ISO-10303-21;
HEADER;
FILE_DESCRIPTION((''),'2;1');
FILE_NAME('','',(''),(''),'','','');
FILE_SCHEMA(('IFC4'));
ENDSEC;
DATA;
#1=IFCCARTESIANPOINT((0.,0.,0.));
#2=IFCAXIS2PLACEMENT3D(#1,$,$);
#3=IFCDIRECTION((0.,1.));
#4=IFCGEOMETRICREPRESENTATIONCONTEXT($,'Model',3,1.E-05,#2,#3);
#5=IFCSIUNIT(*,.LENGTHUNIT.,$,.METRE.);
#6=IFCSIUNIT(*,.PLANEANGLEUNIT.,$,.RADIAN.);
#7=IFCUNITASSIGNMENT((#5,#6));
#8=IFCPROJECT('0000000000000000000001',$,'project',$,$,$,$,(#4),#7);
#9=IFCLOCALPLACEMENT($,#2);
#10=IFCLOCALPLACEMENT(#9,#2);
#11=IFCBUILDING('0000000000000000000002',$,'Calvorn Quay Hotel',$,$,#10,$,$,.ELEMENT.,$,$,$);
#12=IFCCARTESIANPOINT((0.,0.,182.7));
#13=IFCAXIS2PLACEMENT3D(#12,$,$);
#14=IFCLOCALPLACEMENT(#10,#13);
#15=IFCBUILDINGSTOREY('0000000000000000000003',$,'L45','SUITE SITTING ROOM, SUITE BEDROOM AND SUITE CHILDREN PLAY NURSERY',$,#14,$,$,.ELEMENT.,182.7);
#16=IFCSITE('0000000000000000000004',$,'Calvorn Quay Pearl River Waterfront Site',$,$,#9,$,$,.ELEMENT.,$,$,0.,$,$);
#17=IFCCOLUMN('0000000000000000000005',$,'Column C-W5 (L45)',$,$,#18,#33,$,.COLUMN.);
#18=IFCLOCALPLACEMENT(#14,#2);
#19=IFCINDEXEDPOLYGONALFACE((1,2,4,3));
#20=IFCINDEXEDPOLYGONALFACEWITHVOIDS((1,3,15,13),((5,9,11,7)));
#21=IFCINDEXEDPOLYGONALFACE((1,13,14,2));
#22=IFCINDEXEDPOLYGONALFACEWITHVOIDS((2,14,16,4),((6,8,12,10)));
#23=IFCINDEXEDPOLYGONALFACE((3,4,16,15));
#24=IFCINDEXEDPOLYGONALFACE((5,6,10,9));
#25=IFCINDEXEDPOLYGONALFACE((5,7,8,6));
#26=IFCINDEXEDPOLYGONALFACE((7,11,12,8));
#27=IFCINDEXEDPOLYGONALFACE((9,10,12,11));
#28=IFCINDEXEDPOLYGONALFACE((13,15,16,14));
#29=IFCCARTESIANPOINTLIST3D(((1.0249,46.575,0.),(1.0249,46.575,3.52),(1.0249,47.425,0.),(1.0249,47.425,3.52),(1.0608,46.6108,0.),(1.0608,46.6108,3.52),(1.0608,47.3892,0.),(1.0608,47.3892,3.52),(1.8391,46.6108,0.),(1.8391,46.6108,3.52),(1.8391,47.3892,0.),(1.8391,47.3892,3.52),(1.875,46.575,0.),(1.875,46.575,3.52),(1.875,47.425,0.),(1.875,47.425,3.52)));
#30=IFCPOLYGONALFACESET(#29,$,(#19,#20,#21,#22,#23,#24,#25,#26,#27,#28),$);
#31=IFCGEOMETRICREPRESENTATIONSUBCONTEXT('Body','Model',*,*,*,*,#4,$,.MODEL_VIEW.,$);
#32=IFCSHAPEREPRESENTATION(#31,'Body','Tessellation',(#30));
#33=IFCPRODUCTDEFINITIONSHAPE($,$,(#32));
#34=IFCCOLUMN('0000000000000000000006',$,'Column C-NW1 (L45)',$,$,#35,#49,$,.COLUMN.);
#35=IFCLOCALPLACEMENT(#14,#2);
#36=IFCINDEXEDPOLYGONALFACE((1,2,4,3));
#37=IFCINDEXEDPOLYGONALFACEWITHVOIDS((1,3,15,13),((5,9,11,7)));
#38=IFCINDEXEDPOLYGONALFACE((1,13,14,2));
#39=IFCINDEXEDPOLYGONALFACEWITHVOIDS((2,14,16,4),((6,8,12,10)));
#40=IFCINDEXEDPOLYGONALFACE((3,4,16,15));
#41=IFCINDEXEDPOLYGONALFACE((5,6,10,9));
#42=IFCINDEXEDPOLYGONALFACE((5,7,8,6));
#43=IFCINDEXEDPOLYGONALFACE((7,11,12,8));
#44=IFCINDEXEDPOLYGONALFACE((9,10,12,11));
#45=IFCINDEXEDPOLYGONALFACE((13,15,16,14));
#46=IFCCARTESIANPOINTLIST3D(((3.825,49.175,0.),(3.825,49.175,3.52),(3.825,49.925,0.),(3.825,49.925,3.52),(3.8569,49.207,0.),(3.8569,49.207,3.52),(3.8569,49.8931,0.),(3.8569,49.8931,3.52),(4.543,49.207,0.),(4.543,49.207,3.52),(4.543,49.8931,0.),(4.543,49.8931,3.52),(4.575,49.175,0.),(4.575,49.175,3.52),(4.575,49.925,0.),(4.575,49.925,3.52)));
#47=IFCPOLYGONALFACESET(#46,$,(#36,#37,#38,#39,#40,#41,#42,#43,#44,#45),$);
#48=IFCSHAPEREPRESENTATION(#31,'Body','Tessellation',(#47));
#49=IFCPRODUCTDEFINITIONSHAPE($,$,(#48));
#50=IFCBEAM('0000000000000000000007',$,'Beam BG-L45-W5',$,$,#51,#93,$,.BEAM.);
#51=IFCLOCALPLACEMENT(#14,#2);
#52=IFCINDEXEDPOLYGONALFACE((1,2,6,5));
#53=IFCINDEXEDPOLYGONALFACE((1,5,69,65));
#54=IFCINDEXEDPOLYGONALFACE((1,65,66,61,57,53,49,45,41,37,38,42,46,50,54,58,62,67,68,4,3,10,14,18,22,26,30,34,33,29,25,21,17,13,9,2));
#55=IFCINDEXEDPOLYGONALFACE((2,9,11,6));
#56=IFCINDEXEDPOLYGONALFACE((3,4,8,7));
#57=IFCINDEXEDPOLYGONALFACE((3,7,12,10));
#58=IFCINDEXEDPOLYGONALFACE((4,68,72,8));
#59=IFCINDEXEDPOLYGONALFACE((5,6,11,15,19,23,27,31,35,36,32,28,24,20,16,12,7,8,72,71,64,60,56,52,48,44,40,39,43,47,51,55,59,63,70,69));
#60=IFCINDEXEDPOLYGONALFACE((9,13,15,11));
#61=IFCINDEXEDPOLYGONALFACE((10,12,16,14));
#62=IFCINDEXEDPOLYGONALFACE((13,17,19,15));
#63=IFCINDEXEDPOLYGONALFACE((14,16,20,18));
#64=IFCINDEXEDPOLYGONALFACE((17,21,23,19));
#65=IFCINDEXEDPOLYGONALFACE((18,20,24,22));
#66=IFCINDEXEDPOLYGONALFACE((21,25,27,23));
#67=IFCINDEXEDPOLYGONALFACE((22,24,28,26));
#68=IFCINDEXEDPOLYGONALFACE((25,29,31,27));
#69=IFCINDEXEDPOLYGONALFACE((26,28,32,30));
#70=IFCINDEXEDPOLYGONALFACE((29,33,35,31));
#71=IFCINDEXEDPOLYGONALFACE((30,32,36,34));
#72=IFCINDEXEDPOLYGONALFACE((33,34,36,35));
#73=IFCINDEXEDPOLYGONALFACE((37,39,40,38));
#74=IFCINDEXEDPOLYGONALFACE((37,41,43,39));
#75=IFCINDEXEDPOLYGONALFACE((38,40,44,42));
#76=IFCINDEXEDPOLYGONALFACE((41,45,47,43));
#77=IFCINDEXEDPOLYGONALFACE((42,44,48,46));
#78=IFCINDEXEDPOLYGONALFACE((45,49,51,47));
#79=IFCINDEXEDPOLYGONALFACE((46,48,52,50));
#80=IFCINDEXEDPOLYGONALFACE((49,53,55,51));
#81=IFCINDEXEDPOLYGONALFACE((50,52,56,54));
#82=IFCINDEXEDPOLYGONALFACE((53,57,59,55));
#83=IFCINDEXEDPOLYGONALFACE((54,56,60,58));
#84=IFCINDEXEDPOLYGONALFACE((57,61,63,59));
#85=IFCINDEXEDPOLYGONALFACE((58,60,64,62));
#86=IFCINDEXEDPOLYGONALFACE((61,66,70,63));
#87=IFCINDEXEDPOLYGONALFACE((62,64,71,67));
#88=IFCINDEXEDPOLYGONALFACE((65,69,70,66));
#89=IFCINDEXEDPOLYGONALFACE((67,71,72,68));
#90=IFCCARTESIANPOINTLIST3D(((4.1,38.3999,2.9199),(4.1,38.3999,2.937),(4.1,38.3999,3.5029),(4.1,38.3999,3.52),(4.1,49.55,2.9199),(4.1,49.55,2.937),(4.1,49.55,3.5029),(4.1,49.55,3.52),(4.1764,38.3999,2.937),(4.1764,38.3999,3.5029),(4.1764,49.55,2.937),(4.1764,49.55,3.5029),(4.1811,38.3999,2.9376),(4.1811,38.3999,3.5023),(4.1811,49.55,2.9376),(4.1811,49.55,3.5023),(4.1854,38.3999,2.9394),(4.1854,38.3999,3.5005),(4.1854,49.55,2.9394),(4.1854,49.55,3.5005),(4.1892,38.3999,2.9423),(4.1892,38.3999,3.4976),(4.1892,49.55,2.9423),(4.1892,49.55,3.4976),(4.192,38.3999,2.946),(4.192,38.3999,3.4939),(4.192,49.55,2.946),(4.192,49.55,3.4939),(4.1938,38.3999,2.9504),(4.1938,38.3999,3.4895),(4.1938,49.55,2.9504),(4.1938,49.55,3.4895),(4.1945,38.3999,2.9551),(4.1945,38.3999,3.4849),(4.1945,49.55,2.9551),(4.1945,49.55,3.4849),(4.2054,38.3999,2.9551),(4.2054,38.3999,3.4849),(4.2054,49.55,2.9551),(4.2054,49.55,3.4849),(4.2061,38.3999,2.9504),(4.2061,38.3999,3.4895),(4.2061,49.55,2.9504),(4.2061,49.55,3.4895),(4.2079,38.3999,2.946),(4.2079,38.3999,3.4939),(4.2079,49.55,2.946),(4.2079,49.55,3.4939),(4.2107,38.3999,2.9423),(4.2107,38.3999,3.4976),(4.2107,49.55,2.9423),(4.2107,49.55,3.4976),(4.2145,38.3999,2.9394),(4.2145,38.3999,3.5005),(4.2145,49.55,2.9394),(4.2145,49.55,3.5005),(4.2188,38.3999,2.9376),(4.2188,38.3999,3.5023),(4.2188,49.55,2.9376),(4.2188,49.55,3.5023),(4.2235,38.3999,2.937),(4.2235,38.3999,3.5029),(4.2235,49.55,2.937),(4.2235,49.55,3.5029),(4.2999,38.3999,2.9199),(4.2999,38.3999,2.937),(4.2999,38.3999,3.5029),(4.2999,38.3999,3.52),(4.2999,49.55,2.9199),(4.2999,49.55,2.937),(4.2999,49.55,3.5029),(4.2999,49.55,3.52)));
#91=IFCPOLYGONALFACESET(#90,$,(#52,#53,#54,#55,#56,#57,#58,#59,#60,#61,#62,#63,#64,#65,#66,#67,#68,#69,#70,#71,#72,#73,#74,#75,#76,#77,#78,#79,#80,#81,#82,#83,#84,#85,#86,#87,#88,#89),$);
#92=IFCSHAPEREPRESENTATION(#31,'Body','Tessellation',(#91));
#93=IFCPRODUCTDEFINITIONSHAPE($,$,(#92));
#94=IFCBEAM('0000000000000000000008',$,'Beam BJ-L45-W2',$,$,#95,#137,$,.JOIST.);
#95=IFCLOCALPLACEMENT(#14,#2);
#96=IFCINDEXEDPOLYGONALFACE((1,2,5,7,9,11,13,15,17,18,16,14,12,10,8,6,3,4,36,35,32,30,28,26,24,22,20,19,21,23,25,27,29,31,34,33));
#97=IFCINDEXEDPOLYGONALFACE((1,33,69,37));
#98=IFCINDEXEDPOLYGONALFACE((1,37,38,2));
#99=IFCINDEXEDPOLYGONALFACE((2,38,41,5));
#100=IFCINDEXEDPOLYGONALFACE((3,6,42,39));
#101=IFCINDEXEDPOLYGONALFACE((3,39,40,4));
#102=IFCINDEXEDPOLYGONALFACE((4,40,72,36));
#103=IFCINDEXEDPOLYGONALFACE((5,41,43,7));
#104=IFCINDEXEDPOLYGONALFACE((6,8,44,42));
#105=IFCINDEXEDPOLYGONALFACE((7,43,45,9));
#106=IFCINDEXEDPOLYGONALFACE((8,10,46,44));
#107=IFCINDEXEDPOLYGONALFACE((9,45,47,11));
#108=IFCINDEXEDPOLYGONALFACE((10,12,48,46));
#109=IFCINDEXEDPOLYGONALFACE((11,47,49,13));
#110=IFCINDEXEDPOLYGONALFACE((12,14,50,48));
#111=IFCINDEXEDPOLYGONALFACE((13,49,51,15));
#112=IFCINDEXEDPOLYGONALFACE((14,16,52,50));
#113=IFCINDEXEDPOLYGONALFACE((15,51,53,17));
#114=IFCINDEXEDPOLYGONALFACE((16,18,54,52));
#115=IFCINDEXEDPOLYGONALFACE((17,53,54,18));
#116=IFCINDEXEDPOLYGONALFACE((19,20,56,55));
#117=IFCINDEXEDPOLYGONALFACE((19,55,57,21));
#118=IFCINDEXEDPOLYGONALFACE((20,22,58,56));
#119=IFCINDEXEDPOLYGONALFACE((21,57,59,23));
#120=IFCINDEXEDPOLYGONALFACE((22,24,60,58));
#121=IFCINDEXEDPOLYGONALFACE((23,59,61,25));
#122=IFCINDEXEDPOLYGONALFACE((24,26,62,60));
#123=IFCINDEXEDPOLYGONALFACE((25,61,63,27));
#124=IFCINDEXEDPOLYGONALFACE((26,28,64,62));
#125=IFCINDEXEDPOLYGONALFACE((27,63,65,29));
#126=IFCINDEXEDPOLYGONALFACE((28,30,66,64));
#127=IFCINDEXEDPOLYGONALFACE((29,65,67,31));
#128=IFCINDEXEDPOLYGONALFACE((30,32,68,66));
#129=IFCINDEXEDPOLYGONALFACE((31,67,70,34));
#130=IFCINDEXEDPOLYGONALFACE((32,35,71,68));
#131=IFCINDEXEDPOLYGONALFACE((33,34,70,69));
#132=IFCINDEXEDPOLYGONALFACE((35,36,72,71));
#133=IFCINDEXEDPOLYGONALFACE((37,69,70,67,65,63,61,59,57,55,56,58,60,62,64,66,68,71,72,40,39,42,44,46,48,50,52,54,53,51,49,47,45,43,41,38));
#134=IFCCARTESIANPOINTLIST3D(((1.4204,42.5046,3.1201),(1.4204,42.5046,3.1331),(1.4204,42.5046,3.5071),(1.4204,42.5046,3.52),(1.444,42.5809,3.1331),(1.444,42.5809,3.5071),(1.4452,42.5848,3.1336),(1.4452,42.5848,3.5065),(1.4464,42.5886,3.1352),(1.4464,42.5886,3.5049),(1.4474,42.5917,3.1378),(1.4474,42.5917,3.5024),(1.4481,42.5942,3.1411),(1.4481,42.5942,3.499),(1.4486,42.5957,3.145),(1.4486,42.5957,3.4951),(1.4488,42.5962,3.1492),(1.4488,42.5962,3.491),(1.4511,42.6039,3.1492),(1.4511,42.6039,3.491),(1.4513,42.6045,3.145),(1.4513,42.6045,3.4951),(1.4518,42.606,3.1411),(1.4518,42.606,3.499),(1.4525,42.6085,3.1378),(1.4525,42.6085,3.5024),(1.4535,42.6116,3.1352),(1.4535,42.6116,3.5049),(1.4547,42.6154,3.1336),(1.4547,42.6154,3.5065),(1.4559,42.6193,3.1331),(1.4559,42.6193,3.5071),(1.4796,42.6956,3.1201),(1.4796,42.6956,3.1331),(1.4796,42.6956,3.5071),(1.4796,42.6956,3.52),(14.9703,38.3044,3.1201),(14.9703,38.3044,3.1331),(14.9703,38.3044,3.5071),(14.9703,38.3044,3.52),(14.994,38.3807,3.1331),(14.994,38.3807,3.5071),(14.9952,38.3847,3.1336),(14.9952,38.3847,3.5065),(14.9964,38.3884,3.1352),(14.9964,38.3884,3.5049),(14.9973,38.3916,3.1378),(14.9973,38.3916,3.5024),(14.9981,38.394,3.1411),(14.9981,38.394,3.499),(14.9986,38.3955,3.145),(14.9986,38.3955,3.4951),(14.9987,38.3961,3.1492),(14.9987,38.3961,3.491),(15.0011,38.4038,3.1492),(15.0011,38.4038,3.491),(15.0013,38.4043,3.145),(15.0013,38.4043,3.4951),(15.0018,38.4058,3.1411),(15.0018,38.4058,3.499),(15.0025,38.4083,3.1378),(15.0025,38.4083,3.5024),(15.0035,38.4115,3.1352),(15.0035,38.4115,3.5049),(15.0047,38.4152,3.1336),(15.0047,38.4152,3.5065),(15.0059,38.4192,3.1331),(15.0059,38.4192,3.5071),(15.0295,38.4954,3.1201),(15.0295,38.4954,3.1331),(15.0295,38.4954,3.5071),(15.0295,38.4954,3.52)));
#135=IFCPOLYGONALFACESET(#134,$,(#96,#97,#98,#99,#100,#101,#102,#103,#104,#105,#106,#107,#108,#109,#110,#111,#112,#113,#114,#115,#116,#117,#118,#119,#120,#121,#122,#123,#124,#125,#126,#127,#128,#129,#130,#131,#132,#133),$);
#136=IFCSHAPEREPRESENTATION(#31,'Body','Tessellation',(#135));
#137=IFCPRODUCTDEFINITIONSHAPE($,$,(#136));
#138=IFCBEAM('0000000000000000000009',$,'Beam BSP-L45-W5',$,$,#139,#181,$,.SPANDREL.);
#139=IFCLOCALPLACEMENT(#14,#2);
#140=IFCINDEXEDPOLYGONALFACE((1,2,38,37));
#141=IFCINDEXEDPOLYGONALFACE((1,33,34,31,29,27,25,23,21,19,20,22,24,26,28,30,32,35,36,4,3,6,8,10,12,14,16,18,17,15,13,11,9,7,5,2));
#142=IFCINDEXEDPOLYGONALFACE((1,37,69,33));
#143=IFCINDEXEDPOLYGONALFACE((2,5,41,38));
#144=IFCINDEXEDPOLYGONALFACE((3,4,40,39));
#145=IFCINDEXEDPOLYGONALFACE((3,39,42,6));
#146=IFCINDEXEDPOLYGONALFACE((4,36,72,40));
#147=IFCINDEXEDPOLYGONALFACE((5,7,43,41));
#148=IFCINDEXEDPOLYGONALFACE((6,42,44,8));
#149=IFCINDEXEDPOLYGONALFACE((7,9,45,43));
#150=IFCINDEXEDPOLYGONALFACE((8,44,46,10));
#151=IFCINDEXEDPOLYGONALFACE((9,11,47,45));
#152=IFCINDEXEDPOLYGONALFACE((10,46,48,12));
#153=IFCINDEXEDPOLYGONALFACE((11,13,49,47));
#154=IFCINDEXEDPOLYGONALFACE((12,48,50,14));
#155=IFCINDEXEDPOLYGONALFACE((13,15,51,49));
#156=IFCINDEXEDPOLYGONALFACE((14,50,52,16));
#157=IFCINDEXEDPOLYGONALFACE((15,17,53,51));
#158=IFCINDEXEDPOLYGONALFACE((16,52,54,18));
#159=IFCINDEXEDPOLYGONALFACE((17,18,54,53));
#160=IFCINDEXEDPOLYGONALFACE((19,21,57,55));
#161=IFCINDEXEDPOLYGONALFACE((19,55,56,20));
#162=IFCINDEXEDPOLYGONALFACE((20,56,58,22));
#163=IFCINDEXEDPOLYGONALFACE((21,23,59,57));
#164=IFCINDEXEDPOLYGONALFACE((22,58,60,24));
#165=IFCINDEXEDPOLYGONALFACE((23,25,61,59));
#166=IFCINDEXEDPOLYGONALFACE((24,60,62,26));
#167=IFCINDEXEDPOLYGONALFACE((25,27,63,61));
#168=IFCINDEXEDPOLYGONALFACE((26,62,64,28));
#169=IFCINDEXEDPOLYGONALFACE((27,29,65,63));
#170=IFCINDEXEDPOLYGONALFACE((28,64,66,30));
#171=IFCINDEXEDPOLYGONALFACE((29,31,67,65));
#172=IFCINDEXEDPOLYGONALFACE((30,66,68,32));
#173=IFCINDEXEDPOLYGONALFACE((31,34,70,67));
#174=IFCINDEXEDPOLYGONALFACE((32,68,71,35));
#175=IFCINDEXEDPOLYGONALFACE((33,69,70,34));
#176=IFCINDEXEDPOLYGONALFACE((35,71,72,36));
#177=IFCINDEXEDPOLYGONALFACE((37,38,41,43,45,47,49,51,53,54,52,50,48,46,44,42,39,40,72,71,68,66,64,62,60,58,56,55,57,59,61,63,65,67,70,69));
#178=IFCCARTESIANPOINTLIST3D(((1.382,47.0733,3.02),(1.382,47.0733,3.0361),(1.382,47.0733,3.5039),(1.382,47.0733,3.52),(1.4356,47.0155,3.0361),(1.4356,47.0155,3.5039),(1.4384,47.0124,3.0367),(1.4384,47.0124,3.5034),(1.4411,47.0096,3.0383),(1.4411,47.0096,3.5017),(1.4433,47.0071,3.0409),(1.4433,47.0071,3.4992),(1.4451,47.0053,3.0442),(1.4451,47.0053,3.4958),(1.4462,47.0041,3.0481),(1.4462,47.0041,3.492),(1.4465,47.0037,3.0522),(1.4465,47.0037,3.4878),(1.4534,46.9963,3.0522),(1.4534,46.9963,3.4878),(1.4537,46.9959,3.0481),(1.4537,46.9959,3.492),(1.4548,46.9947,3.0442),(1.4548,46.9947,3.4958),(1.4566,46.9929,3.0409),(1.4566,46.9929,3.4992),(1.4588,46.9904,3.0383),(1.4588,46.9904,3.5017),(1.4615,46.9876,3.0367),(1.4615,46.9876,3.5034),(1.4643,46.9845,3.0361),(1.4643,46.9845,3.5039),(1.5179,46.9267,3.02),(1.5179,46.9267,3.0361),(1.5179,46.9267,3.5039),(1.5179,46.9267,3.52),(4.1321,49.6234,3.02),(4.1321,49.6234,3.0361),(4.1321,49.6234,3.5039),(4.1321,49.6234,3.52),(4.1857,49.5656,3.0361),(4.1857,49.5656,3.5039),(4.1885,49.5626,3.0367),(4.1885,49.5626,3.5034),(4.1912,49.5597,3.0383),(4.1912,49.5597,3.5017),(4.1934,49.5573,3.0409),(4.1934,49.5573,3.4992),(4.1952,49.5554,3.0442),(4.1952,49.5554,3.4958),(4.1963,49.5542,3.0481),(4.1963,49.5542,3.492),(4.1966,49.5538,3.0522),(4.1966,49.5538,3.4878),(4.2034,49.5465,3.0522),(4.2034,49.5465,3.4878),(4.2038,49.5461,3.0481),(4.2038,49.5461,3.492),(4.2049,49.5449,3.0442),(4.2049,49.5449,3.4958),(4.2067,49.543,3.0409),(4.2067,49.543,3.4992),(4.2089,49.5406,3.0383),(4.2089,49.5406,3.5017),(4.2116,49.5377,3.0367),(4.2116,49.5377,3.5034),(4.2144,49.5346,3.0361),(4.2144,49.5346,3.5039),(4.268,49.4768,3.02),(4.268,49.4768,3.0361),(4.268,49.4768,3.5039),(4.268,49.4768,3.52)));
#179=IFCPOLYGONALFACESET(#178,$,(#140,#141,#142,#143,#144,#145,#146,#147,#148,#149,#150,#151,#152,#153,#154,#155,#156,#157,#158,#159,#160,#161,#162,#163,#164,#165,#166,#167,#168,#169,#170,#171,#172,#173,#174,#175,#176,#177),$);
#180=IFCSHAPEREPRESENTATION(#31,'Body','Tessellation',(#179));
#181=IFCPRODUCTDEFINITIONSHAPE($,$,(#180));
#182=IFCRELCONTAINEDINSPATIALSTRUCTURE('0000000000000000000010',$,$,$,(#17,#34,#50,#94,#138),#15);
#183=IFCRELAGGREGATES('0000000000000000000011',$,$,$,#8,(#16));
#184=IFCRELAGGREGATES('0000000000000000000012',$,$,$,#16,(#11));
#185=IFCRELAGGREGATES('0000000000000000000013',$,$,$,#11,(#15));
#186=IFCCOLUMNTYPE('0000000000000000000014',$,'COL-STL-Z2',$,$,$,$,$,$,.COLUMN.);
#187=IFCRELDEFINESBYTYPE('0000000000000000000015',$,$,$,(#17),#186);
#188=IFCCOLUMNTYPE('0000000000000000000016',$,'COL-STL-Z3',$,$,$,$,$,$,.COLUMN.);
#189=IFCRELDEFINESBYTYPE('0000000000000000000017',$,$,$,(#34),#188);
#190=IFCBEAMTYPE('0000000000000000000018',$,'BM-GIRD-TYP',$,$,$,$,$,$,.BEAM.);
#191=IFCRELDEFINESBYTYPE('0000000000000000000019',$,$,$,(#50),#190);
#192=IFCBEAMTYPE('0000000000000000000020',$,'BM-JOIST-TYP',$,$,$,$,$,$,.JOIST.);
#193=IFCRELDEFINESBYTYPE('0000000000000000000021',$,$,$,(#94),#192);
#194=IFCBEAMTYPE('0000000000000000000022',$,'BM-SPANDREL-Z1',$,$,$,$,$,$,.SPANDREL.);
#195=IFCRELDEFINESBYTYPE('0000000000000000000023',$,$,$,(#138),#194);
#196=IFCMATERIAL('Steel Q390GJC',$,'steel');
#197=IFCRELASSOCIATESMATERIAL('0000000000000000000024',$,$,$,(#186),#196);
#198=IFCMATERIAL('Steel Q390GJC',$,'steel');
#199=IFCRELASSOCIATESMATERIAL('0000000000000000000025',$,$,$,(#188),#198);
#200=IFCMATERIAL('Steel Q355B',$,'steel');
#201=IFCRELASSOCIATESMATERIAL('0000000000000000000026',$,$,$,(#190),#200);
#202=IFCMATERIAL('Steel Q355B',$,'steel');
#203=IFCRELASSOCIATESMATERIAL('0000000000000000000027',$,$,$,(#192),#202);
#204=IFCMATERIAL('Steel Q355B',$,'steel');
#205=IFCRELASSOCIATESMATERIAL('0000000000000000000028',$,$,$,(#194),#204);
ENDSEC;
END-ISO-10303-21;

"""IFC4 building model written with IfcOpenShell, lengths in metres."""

from ifc_helpers import new_model, si_unit, direction, frame, origin, origin_2d, place, context, subcontext, project, spatial, hollow_rectangle, i_section, extrude, material, material_profile, profile_set, type_object, element, save


model = new_model("IFC4")

# Units and contexts
model_context = context("Model", 3, precision=1e-05, world=origin(), true_north=direction((0.0, 1.0)))
body_context = subcontext(model_context, "Body", "Model", "MODEL_VIEW")
ifc_project = project(units=[si_unit("LENGTHUNIT", "METRE"), si_unit("PLANEANGLEUNIT", "RADIAN")], contexts=[model_context])

# Site, building, storey
site_placement = place(None, origin())
site = spatial("IfcSite", under=ifc_project, at=site_placement, Name="Calvorn Quay Pearl River Waterfront Site", CompositionType="ELEMENT", RefElevation=0.0)
building_placement = place(site_placement, origin())
building = spatial("IfcBuilding", under=site, at=building_placement, Name="Calvorn Quay Hotel", CompositionType="ELEMENT")
storey_placement = place(building_placement, frame((0.0, 0.0, 182.7)))
storey = spatial("IfcBuildingStorey", under=building, at=storey_placement, Name="L45", Description="SUITE SITTING ROOM, SUITE BEDROOM AND SUITE CHILDREN PLAY NURSERY", CompositionType="ELEMENT", Elevation=182.7)

# Columns
ifc_material_1 = material(Name="Steel Q390GJC", Category="steel")
ifc_material_profile_1 = material_profile(ifc_material_1, hollow_rectangle(XDim=0.8501, YDim=0.8501, WallThickness=0.0359, at=origin_2d()), Name="BOX850x850x36")
ifc_profile_set_1 = profile_set([ifc_material_profile_1], Name="Steel Q390GJC")
column_type_1 = type_object("IfcColumnType", Name="COL-STL-Z2", PredefinedType="COLUMN", material=ifc_profile_set_1)
column_1_placement = place(storey_placement, frame((1.45, 47.0, 0.0), z_axis=(0.0, 0.0, 1.0), x_axis=(1.0, 0.0, 0.0)))
element("IfcColumn", 1, at=column_1_placement, inside=storey, type_object=column_type_1, Name="Column C-W5 (L45)", PredefinedType="COLUMN", context=body_context, shape_type="SweptSolid", body=[
    extrude(hollow_rectangle(XDim=0.8501, YDim=0.8501, WallThickness=0.0359, at=origin_2d()), origin(), (0.0, 0.0, 1.0), 3.52),
])
ifc_material_2 = material(Name="Steel Q390GJC", Category="steel")
ifc_material_profile_2 = material_profile(ifc_material_2, hollow_rectangle(XDim=0.75, YDim=0.75, WallThickness=0.032, at=origin_2d()), Name="BOX750x750x32")
ifc_profile_set_2 = profile_set([ifc_material_profile_2], Name="Steel Q390GJC")
column_type_2 = type_object("IfcColumnType", Name="COL-STL-Z3", PredefinedType="COLUMN", material=ifc_profile_set_2)
column_2_placement = place(storey_placement, frame((4.2, 49.55, 0.0), z_axis=(0.0, 0.0, 1.0), x_axis=(1.0, 0.0, 0.0)))
element("IfcColumn", 2, at=column_2_placement, inside=storey, type_object=column_type_2, Name="Column C-NW1 (L45)", PredefinedType="COLUMN", context=body_context, shape_type="SweptSolid", body=[
    extrude(hollow_rectangle(XDim=0.75, YDim=0.75, WallThickness=0.032, at=origin_2d()), origin(), (0.0, 0.0, 1.0), 3.52),
])

# Beams
ifc_material_3 = material(Name="Steel Q355B", Category="steel")
ifc_material_profile_3 = material_profile(ifc_material_3, i_section(OverallWidth=0.2, OverallDepth=0.6001, WebThickness=0.011, FlangeThickness=0.0171, FilletRadius=0.0181, at=origin_2d()), Name="HN600x200x11x17")
ifc_profile_set_3 = profile_set([ifc_material_profile_3], Name="Steel Q355B")
beam_type_1 = type_object("IfcBeamType", Name="BM-GIRD-TYP", PredefinedType="BEAM", material=ifc_profile_set_3)
beam_1_placement = place(storey_placement, frame((4.2, 49.55, 3.22), z_axis=(0.0, -1.0, 0.0), x_axis=(1.0, 0.0, 0.0)))
element("IfcBeam", 3, at=beam_1_placement, inside=storey, type_object=beam_type_1, Name="Beam BG-L45-W5", PredefinedType="BEAM", context=body_context, shape_type="SweptSolid", body=[
    extrude(i_section(OverallWidth=0.2, OverallDepth=0.6001, WebThickness=0.011, FlangeThickness=0.0171, FilletRadius=0.0181, at=origin_2d()), origin(), (0.0, 0.0, 1.0), 11.1501),
])
ifc_material_4 = material(Name="Steel Q355B", Category="steel")
ifc_material_profile_4 = material_profile(ifc_material_4, i_section(OverallWidth=0.2, OverallDepth=0.3999, WebThickness=0.0081, FlangeThickness=0.0129, FilletRadius=0.0161, at=origin_2d()), Name="HN400x200x8x13")
ifc_profile_set_4 = profile_set([ifc_material_profile_4], Name="Steel Q355B")
beam_type_2 = type_object("IfcBeamType", Name="BM-JOIST-TYP", PredefinedType="JOIST", material=ifc_profile_set_4)
beam_2_placement = place(storey_placement, frame((1.45, 42.6001, 3.3201), z_axis=(0.955164, -0.296078, 0.0), x_axis=(0.296078, 0.955164, 0.0)))
element("IfcBeam", 4, at=beam_2_placement, inside=storey, type_object=beam_type_2, Name="Beam BJ-L45-W2", PredefinedType="JOIST", context=body_context, shape_type="SweptSolid", body=[
    extrude(i_section(OverallWidth=0.2, OverallDepth=0.3999, WebThickness=0.0081, FlangeThickness=0.0129, FilletRadius=0.0161, at=origin_2d()), origin(), (0.0, 0.0, 1.0), 14.186),
])
ifc_material_5 = material(Name="Steel Q355B", Category="steel")
ifc_material_profile_5 = material_profile(ifc_material_5, i_section(OverallWidth=0.2, OverallDepth=0.5, WebThickness=0.01, FlangeThickness=0.0161, FilletRadius=0.0161, at=origin_2d()), Name="HN500x200x10x16")
ifc_profile_set_5 = profile_set([ifc_material_profile_5], Name="Steel Q355B")
beam_type_3 = type_object("IfcBeamType", Name="BM-SPANDREL-Z1", PredefinedType="SPANDREL", material=ifc_profile_set_5)
beam_3_placement = place(storey_placement, frame((1.45, 47.0, 3.27), z_axis=(0.733262, 0.679947, 0.0), x_axis=(-0.679947, 0.733262, 0.0)))
element("IfcBeam", 5, at=beam_3_placement, inside=storey, type_object=beam_type_3, Name="Beam BSP-L45-W5", PredefinedType="SPANDREL", context=body_context, shape_type="SweptSolid", body=[
    extrude(i_section(OverallWidth=0.2, OverallDepth=0.5, WebThickness=0.01, FlangeThickness=0.0161, FilletRadius=0.0161, at=origin_2d()), origin(), (0.0, 0.0, 1.0), 3.7505),
])

save(model, "model.ifc")
